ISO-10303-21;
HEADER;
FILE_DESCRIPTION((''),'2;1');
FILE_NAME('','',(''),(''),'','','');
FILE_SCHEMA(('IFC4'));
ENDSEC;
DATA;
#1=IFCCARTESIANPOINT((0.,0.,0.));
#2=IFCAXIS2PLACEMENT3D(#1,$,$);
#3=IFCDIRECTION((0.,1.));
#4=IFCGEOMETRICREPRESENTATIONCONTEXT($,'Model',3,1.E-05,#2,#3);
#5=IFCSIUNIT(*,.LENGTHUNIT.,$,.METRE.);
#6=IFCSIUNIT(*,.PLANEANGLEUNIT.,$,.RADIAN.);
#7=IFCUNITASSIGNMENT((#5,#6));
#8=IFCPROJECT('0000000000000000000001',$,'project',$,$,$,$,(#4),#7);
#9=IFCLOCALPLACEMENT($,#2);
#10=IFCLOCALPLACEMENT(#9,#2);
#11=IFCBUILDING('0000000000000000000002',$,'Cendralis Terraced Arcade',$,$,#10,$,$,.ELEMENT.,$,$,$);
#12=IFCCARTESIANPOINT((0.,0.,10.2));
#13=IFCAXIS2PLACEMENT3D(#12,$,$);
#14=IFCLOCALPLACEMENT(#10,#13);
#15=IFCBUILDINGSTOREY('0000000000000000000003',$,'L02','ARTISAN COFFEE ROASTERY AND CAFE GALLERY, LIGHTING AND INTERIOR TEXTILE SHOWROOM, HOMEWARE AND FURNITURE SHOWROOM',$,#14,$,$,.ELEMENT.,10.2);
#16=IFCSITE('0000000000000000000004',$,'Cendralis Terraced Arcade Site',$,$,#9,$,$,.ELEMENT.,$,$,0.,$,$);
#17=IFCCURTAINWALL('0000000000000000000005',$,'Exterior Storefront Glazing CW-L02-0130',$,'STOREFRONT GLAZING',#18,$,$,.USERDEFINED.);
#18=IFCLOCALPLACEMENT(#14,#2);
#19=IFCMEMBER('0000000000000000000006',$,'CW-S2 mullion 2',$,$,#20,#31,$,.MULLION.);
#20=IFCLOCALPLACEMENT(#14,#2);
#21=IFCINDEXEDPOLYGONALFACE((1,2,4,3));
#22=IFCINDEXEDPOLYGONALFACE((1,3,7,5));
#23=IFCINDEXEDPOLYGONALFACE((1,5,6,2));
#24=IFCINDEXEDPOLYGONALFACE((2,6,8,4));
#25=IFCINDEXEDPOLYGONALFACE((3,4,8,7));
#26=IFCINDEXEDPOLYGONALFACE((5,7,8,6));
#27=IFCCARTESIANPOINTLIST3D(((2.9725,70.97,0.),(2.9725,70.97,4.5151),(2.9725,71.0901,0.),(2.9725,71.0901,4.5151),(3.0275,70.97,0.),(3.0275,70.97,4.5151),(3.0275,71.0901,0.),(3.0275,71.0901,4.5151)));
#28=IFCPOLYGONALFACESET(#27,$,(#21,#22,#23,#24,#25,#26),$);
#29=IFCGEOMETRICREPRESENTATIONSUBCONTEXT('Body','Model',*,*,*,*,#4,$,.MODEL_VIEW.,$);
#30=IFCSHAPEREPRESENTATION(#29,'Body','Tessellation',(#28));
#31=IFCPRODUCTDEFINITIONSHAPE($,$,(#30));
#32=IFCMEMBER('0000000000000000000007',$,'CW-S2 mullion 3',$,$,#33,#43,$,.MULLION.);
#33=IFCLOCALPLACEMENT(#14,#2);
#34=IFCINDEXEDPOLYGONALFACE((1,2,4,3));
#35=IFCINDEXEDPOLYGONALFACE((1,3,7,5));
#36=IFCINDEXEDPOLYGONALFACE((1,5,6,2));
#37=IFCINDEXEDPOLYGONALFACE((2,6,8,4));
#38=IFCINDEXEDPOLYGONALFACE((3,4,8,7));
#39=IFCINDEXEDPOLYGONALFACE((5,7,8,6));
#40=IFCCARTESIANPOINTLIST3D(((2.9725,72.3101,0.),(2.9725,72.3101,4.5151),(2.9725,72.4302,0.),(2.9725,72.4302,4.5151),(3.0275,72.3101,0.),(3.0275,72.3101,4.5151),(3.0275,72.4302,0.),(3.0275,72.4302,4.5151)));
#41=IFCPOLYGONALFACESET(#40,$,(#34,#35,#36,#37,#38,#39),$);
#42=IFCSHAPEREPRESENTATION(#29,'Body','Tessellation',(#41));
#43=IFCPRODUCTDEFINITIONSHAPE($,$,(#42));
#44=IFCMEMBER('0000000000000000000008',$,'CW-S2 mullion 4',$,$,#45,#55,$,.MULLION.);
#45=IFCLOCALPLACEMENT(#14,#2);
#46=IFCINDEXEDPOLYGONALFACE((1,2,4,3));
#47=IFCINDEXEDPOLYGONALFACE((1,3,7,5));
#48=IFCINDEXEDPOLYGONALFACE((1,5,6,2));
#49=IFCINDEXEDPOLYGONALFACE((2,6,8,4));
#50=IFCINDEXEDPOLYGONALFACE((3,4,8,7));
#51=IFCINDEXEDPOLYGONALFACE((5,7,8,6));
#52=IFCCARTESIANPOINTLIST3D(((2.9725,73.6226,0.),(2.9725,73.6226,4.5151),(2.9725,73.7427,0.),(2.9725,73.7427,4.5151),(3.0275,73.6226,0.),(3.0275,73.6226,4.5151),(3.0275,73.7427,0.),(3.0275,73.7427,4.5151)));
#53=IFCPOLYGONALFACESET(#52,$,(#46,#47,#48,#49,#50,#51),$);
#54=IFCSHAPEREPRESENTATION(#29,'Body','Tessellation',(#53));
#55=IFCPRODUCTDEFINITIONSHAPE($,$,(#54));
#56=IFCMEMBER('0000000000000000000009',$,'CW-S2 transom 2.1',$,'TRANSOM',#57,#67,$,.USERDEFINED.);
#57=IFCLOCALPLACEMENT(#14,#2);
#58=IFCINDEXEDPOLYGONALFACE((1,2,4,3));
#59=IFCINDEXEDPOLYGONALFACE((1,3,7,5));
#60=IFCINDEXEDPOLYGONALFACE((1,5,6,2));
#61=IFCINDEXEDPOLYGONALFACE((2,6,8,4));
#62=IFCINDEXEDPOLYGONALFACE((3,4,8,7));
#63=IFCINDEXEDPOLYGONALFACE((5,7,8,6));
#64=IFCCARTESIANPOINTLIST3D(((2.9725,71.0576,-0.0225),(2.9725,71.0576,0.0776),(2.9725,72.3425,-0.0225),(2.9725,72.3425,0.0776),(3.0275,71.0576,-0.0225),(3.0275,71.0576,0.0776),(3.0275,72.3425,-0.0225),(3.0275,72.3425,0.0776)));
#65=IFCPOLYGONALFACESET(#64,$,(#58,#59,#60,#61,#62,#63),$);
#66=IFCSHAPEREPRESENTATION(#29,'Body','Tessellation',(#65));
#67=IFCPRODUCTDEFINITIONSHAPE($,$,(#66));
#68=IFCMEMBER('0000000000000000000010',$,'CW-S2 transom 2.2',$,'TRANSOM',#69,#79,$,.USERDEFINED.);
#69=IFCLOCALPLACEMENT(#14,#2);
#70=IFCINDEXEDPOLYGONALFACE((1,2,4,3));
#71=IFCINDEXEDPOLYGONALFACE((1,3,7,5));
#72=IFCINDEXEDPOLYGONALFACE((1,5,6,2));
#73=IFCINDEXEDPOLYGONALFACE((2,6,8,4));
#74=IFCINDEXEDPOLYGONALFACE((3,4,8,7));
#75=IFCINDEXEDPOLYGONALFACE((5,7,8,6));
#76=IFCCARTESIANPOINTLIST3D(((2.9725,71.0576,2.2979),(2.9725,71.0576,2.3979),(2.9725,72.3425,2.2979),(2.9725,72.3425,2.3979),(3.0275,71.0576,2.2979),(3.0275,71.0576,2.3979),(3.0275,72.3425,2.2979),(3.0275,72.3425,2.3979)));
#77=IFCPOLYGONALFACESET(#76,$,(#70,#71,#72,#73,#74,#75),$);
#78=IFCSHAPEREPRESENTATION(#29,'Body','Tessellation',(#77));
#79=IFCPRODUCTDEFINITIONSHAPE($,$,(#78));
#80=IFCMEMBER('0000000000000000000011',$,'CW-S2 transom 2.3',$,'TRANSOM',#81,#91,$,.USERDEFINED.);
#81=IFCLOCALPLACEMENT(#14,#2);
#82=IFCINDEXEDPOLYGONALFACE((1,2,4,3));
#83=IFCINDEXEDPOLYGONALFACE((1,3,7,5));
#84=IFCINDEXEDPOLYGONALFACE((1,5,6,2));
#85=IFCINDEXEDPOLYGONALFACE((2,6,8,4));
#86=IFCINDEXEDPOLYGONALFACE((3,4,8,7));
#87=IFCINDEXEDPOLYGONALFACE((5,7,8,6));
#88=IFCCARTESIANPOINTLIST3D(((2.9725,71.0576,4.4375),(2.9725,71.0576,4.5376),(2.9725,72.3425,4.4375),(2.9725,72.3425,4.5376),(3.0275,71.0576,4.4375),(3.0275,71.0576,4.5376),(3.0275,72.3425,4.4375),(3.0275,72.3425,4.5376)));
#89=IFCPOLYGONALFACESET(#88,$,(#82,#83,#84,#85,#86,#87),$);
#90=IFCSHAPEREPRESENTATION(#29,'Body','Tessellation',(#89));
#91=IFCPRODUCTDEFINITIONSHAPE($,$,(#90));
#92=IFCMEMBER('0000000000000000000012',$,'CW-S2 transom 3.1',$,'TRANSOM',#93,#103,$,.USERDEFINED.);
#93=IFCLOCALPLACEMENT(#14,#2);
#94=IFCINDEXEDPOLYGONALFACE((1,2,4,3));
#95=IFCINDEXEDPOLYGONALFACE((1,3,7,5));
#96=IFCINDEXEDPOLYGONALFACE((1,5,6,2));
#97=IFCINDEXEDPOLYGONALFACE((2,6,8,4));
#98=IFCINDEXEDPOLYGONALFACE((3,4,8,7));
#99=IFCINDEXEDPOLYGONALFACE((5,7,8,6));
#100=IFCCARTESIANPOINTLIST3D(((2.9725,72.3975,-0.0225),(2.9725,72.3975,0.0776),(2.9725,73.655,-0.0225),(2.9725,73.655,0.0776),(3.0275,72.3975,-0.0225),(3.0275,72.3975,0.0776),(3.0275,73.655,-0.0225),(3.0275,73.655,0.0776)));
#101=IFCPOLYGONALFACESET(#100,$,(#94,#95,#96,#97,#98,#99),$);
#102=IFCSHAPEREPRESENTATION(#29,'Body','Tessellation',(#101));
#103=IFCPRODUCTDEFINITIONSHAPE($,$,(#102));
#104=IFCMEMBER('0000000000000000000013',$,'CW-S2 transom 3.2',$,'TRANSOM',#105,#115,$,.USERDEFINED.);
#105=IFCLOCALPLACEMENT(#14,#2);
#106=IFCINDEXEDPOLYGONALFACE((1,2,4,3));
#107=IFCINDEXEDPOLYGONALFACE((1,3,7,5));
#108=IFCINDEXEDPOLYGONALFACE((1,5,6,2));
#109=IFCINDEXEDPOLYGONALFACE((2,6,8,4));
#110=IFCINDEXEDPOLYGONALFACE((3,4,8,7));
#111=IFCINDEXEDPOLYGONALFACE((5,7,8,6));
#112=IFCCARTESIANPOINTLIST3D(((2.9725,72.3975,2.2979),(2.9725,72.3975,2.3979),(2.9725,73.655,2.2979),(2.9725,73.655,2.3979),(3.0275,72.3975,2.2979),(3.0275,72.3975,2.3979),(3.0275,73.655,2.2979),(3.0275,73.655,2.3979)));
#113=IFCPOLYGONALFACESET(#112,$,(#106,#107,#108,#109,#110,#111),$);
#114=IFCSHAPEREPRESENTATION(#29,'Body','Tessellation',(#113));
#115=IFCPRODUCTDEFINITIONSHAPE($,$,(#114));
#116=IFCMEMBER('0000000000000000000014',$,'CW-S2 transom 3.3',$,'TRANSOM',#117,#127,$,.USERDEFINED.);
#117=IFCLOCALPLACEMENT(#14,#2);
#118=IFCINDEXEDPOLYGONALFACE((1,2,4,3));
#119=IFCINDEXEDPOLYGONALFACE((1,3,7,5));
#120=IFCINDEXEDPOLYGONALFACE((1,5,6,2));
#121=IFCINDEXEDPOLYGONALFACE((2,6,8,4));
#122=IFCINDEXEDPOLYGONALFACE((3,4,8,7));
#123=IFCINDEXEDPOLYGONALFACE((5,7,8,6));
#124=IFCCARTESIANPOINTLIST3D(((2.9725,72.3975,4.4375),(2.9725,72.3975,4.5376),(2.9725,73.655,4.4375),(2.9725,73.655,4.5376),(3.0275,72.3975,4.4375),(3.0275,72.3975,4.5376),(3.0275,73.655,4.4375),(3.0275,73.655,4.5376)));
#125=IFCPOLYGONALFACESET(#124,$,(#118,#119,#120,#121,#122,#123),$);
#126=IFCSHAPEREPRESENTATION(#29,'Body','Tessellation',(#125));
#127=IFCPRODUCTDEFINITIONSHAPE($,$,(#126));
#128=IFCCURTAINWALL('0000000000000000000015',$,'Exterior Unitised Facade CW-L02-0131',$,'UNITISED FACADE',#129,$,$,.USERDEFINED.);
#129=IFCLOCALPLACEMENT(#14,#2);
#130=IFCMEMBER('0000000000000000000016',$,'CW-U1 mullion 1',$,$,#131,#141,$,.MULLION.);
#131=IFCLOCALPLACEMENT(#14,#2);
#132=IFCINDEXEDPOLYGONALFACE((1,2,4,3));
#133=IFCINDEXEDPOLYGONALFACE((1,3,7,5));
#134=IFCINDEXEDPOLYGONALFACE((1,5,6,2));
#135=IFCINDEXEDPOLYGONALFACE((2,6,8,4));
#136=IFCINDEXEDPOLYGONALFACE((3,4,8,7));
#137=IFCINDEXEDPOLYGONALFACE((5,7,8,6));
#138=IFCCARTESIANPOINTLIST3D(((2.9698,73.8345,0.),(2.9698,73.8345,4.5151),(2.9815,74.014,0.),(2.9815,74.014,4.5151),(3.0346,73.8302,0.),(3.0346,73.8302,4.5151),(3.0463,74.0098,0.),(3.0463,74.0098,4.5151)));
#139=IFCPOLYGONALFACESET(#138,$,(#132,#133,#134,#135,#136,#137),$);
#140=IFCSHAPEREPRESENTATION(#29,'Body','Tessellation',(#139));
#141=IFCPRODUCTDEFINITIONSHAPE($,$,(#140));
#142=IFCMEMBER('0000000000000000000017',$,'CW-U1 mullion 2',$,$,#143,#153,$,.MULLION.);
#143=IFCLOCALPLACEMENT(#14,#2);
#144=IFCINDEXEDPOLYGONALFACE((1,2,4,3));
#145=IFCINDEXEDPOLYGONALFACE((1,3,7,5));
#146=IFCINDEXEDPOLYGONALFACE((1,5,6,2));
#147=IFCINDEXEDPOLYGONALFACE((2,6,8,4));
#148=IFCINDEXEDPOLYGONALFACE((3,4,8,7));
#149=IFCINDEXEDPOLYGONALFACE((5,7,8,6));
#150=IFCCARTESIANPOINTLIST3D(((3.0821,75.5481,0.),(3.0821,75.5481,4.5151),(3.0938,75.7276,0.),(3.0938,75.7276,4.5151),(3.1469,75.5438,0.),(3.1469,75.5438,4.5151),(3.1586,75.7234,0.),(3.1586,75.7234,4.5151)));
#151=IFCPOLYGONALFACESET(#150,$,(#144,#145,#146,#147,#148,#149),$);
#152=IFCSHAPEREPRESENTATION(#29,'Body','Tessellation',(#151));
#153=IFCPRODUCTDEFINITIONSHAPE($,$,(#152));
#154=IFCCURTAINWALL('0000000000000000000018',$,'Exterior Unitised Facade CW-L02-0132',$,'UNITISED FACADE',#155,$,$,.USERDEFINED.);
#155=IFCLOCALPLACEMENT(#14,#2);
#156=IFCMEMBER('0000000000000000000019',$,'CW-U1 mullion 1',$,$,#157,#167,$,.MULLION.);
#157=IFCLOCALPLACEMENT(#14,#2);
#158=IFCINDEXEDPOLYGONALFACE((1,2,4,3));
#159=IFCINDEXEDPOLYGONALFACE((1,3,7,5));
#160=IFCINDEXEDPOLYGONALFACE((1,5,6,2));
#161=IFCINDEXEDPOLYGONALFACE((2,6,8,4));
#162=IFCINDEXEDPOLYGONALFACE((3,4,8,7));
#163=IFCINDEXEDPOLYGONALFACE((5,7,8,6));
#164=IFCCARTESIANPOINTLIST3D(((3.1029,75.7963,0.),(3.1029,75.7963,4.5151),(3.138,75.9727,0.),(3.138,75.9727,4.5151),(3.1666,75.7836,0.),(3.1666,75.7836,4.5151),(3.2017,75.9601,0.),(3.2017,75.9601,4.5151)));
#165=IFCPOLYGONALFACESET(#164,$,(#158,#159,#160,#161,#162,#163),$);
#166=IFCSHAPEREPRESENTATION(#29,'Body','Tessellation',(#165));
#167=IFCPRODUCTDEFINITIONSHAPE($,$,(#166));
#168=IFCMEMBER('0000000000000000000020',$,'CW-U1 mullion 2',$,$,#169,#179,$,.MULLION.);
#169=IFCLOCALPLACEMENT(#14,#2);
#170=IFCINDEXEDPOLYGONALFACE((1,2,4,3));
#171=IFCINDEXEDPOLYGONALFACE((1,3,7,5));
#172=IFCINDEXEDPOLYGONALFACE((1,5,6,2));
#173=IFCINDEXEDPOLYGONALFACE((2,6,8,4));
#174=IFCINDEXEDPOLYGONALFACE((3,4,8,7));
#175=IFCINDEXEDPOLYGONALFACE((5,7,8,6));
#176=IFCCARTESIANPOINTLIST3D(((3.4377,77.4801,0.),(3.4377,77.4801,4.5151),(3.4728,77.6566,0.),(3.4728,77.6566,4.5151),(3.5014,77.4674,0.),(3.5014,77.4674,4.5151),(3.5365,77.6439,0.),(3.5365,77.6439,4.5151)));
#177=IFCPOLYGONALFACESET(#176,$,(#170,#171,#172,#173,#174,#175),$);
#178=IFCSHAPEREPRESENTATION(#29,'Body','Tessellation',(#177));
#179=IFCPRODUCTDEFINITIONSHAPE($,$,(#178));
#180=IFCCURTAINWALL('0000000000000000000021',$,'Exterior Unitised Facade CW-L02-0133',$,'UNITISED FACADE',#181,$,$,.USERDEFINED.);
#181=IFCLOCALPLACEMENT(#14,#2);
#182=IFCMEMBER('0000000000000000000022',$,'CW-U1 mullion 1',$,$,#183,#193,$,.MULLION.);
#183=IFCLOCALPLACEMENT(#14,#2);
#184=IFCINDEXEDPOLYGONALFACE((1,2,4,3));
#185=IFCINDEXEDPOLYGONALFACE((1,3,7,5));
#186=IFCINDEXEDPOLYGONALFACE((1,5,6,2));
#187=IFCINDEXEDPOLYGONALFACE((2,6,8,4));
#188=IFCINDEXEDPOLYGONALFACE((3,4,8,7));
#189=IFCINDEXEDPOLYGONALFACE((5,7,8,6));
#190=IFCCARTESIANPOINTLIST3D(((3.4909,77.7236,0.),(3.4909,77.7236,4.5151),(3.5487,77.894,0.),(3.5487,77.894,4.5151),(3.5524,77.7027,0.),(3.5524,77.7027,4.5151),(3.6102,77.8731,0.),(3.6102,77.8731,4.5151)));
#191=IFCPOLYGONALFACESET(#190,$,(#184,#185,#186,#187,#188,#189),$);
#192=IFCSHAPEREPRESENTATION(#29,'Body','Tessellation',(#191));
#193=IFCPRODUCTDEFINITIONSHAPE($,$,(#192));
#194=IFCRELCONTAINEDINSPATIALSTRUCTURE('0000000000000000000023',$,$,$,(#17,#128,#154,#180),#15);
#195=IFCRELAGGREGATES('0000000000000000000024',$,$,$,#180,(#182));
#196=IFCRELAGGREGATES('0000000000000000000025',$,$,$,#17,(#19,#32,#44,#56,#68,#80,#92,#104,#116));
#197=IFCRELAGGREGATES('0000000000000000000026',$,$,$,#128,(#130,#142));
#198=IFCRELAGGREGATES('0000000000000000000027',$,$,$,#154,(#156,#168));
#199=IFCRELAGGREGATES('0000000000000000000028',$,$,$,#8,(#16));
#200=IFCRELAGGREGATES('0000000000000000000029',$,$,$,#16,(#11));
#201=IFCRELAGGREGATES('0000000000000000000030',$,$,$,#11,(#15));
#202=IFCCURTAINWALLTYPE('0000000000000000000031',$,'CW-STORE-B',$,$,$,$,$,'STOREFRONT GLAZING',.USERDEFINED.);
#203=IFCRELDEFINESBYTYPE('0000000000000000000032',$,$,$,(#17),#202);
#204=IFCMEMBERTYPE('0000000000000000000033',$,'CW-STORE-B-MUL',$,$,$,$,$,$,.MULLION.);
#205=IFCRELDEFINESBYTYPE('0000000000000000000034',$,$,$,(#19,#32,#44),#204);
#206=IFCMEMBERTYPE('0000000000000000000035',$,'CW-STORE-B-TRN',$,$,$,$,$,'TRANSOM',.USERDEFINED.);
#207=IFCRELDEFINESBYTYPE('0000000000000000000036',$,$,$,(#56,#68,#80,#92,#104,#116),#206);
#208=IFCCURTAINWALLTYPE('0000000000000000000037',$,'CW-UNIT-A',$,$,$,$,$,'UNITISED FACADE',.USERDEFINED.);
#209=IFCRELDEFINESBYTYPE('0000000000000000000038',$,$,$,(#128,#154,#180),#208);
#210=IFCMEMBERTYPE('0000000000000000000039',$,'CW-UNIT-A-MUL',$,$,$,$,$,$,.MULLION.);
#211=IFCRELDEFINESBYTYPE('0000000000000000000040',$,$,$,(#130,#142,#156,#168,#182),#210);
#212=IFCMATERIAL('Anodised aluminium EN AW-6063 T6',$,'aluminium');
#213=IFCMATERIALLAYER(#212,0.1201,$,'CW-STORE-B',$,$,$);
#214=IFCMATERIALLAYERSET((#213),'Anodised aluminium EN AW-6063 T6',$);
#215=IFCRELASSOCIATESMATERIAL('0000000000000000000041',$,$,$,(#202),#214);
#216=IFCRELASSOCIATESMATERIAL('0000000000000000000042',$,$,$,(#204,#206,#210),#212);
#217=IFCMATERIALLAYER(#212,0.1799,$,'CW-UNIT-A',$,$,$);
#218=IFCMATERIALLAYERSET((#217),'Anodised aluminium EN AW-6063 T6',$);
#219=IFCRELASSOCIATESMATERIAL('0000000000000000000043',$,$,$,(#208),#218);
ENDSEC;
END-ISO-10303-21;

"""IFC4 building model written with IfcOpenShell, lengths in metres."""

from ifc_helpers import new_model, si_unit, direction, frame, origin, origin_2d, place, context, subcontext, project, spatial, rectangle, extrude, material, layer, layer_set, material_profile, profile_set, type_object, element, aggregate, save


model = new_model("IFC4")

# Units and contexts
model_context = context("Model", 3, precision=1e-05, world=origin(), true_north=direction((0.0, 1.0)))
body_context = subcontext(model_context, "Body", "Model", "MODEL_VIEW")
ifc_project = project(units=[si_unit("LENGTHUNIT", "METRE"), si_unit("PLANEANGLEUNIT", "RADIAN")], contexts=[model_context])

# Site, building, storey
site_placement = place(None, origin())
site = spatial("IfcSite", under=ifc_project, at=site_placement, Name="Cendralis Terraced Arcade Site", CompositionType="ELEMENT", RefElevation=0.0)
building_placement = place(site_placement, origin())
building = spatial("IfcBuilding", under=site, at=building_placement, Name="Cendralis Terraced Arcade", CompositionType="ELEMENT")
storey_placement = place(building_placement, frame((0.0, 0.0, 10.2)))
storey = spatial("IfcBuildingStorey", under=building, at=storey_placement, Name="L02", Description="ARTISAN COFFEE ROASTERY AND CAFE GALLERY, LIGHTING AND INTERIOR TEXTILE SHOWROOM, HOMEWARE AND FURNITURE SHOWROOM", CompositionType="ELEMENT", Elevation=10.2)

# Curtain walls, members
ifc_material_1 = material(Name="Anodised aluminium EN AW-6063 T6", Category="aluminium")
ifc_layer_1 = layer(ifc_material_1, 0.1201, Name="CW-STORE-B")
ifc_layer_set_1 = layer_set([ifc_layer_1], Name="Anodised aluminium EN AW-6063 T6")
curtain_wall_type_1 = type_object("IfcCurtainWallType", Name="CW-STORE-B", ElementType="STOREFRONT GLAZING", PredefinedType="USERDEFINED", material=ifc_layer_set_1)
curtain_wall_1_placement = place(storey_placement, origin())
curtain_wall_1 = element("IfcCurtainWall", 1, at=curtain_wall_1_placement, inside=storey, type_object=curtain_wall_type_1, Name="Exterior Storefront Glazing CW-L02-0130", ObjectType="STOREFRONT GLAZING", PredefinedType="USERDEFINED")
ifc_material_profile_1 = material_profile(ifc_material_1, rectangle(XDim=0.0549, YDim=0.1201, at=origin_2d()), Name="ALU-MUL-55x120")
ifc_profile_set_1 = profile_set([ifc_material_profile_1], Name="Anodised aluminium EN AW-6063 T6")
member_type_1 = type_object("IfcMemberType", Name="CW-STORE-B-MUL", PredefinedType="MULLION", material=ifc_profile_set_1)
member_1_placement = place(storey_placement, frame((3.0, 71.03, 0.0), z_axis=(0.0, 0.0, 1.0), x_axis=(-1.0, 0.0, 0.0)))
member_1 = element("IfcMember", 2, at=member_1_placement, type_object=member_type_1, Name="CW-S2 mullion 2", PredefinedType="MULLION", context=body_context, shape_type="SweptSolid", body=[
    extrude(rectangle(XDim=0.0549, YDim=0.1201, at=origin_2d()), origin(), (0.0, 0.0, 1.0), 4.5151),
])
member_2_placement = place(storey_placement, frame((3.0, 72.3701, 0.0), z_axis=(0.0, 0.0, 1.0), x_axis=(-1.0, 0.0, 0.0)))
member_2 = element("IfcMember", 3, at=member_2_placement, type_object=member_type_1, Name="CW-S2 mullion 3", PredefinedType="MULLION", context=body_context, shape_type="SweptSolid", body=[
    extrude(rectangle(XDim=0.0549, YDim=0.1201, at=origin_2d()), origin(), (0.0, 0.0, 1.0), 4.5151),
])
member_3_placement = place(storey_placement, frame((3.0, 73.6826, 0.0), z_axis=(0.0, 0.0, 1.0), x_axis=(-1.0, 0.0, 0.0)))
member_3 = element("IfcMember", 4, at=member_3_placement, type_object=member_type_1, Name="CW-S2 mullion 4", PredefinedType="MULLION", context=body_context, shape_type="SweptSolid", body=[
    extrude(rectangle(XDim=0.0549, YDim=0.1201, at=origin_2d()), origin(), (0.0, 0.0, 1.0), 4.5151),
])
ifc_material_profile_2 = material_profile(ifc_material_1, rectangle(XDim=0.0549, YDim=0.1001, at=origin_2d()), Name="ALU-TRN-55x100")
ifc_profile_set_2 = profile_set([ifc_material_profile_2], Name="Anodised aluminium EN AW-6063 T6")
member_type_2 = type_object("IfcMemberType", Name="CW-STORE-B-TRN", ElementType="TRANSOM", PredefinedType="USERDEFINED", material=ifc_profile_set_2)
member_4_placement = place(storey_placement, frame((3.0, 71.0576, 0.0276), z_axis=(0.0, 1.0, 0.0), x_axis=(-1.0, 0.0, 0.0)))
member_4 = element("IfcMember", 5, at=member_4_placement, type_object=member_type_2, Name="CW-S2 transom 2.1", ObjectType="TRANSOM", PredefinedType="USERDEFINED", context=body_context, shape_type="SweptSolid", body=[
    extrude(rectangle(XDim=0.0549, YDim=0.1001, at=origin_2d()), origin(), (0.0, 0.0, 1.0), 1.2849),
])
member_5_placement = place(storey_placement, frame((3.0, 71.0576, 2.3479), z_axis=(0.0, 1.0, 0.0), x_axis=(-1.0, 0.0, 0.0)))
member_5 = element("IfcMember", 6, at=member_5_placement, type_object=member_type_2, Name="CW-S2 transom 2.2", ObjectType="TRANSOM", PredefinedType="USERDEFINED", context=body_context, shape_type="SweptSolid", body=[
    extrude(rectangle(XDim=0.0549, YDim=0.1001, at=origin_2d()), origin(), (0.0, 0.0, 1.0), 1.2849),
])
member_6_placement = place(storey_placement, frame((3.0, 71.0576, 4.4875), z_axis=(0.0, 1.0, 0.0), x_axis=(-1.0, 0.0, 0.0)))
member_6 = element("IfcMember", 7, at=member_6_placement, type_object=member_type_2, Name="CW-S2 transom 2.3", ObjectType="TRANSOM", PredefinedType="USERDEFINED", context=body_context, shape_type="SweptSolid", body=[
    extrude(rectangle(XDim=0.0549, YDim=0.1001, at=origin_2d()), origin(), (0.0, 0.0, 1.0), 1.2849),
])
member_7_placement = place(storey_placement, frame((3.0, 72.3975, 0.0276), z_axis=(0.0, 1.0, 0.0), x_axis=(-1.0, 0.0, 0.0)))
member_7 = element("IfcMember", 8, at=member_7_placement, type_object=member_type_2, Name="CW-S2 transom 3.1", ObjectType="TRANSOM", PredefinedType="USERDEFINED", context=body_context, shape_type="SweptSolid", body=[
    extrude(rectangle(XDim=0.0549, YDim=0.1001, at=origin_2d()), origin(), (0.0, 0.0, 1.0), 1.2576),
])
member_8_placement = place(storey_placement, frame((3.0, 72.3975, 2.3479), z_axis=(0.0, 1.0, 0.0), x_axis=(-1.0, 0.0, 0.0)))
member_8 = element("IfcMember", 9, at=member_8_placement, type_object=member_type_2, Name="CW-S2 transom 3.2", ObjectType="TRANSOM", PredefinedType="USERDEFINED", context=body_context, shape_type="SweptSolid", body=[
    extrude(rectangle(XDim=0.0549, YDim=0.1001, at=origin_2d()), origin(), (0.0, 0.0, 1.0), 1.2576),
])
member_9_placement = place(storey_placement, frame((3.0, 72.3975, 4.4875), z_axis=(0.0, 1.0, 0.0), x_axis=(-1.0, 0.0, 0.0)))
member_9 = element("IfcMember", 10, at=member_9_placement, type_object=member_type_2, Name="CW-S2 transom 3.3", ObjectType="TRANSOM", PredefinedType="USERDEFINED", context=body_context, shape_type="SweptSolid", body=[
    extrude(rectangle(XDim=0.0549, YDim=0.1001, at=origin_2d()), origin(), (0.0, 0.0, 1.0), 1.2576),
])
ifc_layer_2 = layer(ifc_material_1, 0.1799, Name="CW-UNIT-A")
ifc_layer_set_2 = layer_set([ifc_layer_2], Name="Anodised aluminium EN AW-6063 T6")
curtain_wall_type_2 = type_object("IfcCurtainWallType", Name="CW-UNIT-A", ElementType="UNITISED FACADE", PredefinedType="USERDEFINED", material=ifc_layer_set_2)
curtain_wall_2_placement = place(storey_placement, origin())
curtain_wall_2 = element("IfcCurtainWall", 11, at=curtain_wall_2_placement, inside=storey, type_object=curtain_wall_type_2, Name="Exterior Unitised Facade CW-L02-0131", ObjectType="UNITISED FACADE", PredefinedType="USERDEFINED")
ifc_material_profile_3 = material_profile(ifc_material_1, rectangle(XDim=0.0649, YDim=0.1799, at=origin_2d()), Name="ALU-MUL-65x180")
ifc_profile_set_3 = profile_set([ifc_material_profile_3], Name="Anodised aluminium EN AW-6063 T6")
member_type_3 = type_object("IfcMemberType", Name="CW-UNIT-A-MUL", PredefinedType="MULLION", material=ifc_profile_set_3)
member_10_placement = place(storey_placement, frame((3.0081, 73.9221, 0.0), z_axis=(0.0, 0.0, 1.0), x_axis=(-0.997861, 0.065372, 0.0)))
member_10 = element("IfcMember", 12, at=member_10_placement, type_object=member_type_3, Name="CW-U1 mullion 1", PredefinedType="MULLION", context=body_context, shape_type="SweptSolid", body=[
    extrude(rectangle(XDim=0.0649, YDim=0.1799, at=origin_2d()), origin(), (0.0, 0.0, 1.0), 4.5151),
])
member_11_placement = place(storey_placement, frame((3.1204, 75.6357, 0.0), z_axis=(0.0, 0.0, 1.0), x_axis=(-0.997861, 0.065372, 0.0)))
member_11 = element("IfcMember", 13, at=member_11_placement, type_object=member_type_3, Name="CW-U1 mullion 2", PredefinedType="MULLION", context=body_context, shape_type="SweptSolid", body=[
    extrude(rectangle(XDim=0.0649, YDim=0.1799, at=origin_2d()), origin(), (0.0, 0.0, 1.0), 4.5151),
])
curtain_wall_3_placement = place(storey_placement, origin())
curtain_wall_3 = element("IfcCurtainWall", 14, at=curtain_wall_3_placement, inside=storey, type_object=curtain_wall_type_2, Name="Exterior Unitised Facade CW-L02-0132", ObjectType="UNITISED FACADE", PredefinedType="USERDEFINED")
member_12_placement = place(storey_placement, frame((3.1523, 75.8782, 0.0), z_axis=(0.0, 0.0, 1.0), x_axis=(-0.980792, 0.195058, 0.0)))
member_12 = element("IfcMember", 15, at=member_12_placement, type_object=member_type_3, Name="CW-U1 mullion 1", PredefinedType="MULLION", context=body_context, shape_type="SweptSolid", body=[
    extrude(rectangle(XDim=0.0649, YDim=0.1799, at=origin_2d()), origin(), (0.0, 0.0, 1.0), 4.5151),
])
member_13_placement = place(storey_placement, frame((3.4871, 77.562, 0.0), z_axis=(0.0, 0.0, 1.0), x_axis=(-0.980792, 0.195058, 0.0)))
member_13 = element("IfcMember", 16, at=member_13_placement, type_object=member_type_3, Name="CW-U1 mullion 2", PredefinedType="MULLION", context=body_context, shape_type="SweptSolid", body=[
    extrude(rectangle(XDim=0.0649, YDim=0.1799, at=origin_2d()), origin(), (0.0, 0.0, 1.0), 4.5151),
])

# Curtain wall, member
curtain_wall_4_placement = place(storey_placement, origin())
curtain_wall_4 = element("IfcCurtainWall", 17, at=curtain_wall_4_placement, inside=storey, type_object=curtain_wall_type_2, Name="Exterior Unitised Facade CW-L02-0133", ObjectType="UNITISED FACADE", PredefinedType="USERDEFINED")
member_14_placement = place(storey_placement, frame((3.5505, 77.7983, 0.0), z_axis=(0.0, 0.0, 1.0), x_axis=(-0.946924, 0.321458, 0.0)))
member_14 = element("IfcMember", 18, at=member_14_placement, type_object=member_type_3, Name="CW-U1 mullion 1", PredefinedType="MULLION", context=body_context, shape_type="SweptSolid", body=[
    extrude(rectangle(XDim=0.0649, YDim=0.1799, at=origin_2d()), origin(), (0.0, 0.0, 1.0), 4.5151),
])

aggregate(curtain_wall_4, [member_14])

aggregate(curtain_wall_1, [member_1, member_2, member_3, member_4, member_5, member_6, member_7, member_8, member_9])
aggregate(curtain_wall_2, [member_10, member_11])
aggregate(curtain_wall_3, [member_12, member_13])

save(model, "model.ifc")
